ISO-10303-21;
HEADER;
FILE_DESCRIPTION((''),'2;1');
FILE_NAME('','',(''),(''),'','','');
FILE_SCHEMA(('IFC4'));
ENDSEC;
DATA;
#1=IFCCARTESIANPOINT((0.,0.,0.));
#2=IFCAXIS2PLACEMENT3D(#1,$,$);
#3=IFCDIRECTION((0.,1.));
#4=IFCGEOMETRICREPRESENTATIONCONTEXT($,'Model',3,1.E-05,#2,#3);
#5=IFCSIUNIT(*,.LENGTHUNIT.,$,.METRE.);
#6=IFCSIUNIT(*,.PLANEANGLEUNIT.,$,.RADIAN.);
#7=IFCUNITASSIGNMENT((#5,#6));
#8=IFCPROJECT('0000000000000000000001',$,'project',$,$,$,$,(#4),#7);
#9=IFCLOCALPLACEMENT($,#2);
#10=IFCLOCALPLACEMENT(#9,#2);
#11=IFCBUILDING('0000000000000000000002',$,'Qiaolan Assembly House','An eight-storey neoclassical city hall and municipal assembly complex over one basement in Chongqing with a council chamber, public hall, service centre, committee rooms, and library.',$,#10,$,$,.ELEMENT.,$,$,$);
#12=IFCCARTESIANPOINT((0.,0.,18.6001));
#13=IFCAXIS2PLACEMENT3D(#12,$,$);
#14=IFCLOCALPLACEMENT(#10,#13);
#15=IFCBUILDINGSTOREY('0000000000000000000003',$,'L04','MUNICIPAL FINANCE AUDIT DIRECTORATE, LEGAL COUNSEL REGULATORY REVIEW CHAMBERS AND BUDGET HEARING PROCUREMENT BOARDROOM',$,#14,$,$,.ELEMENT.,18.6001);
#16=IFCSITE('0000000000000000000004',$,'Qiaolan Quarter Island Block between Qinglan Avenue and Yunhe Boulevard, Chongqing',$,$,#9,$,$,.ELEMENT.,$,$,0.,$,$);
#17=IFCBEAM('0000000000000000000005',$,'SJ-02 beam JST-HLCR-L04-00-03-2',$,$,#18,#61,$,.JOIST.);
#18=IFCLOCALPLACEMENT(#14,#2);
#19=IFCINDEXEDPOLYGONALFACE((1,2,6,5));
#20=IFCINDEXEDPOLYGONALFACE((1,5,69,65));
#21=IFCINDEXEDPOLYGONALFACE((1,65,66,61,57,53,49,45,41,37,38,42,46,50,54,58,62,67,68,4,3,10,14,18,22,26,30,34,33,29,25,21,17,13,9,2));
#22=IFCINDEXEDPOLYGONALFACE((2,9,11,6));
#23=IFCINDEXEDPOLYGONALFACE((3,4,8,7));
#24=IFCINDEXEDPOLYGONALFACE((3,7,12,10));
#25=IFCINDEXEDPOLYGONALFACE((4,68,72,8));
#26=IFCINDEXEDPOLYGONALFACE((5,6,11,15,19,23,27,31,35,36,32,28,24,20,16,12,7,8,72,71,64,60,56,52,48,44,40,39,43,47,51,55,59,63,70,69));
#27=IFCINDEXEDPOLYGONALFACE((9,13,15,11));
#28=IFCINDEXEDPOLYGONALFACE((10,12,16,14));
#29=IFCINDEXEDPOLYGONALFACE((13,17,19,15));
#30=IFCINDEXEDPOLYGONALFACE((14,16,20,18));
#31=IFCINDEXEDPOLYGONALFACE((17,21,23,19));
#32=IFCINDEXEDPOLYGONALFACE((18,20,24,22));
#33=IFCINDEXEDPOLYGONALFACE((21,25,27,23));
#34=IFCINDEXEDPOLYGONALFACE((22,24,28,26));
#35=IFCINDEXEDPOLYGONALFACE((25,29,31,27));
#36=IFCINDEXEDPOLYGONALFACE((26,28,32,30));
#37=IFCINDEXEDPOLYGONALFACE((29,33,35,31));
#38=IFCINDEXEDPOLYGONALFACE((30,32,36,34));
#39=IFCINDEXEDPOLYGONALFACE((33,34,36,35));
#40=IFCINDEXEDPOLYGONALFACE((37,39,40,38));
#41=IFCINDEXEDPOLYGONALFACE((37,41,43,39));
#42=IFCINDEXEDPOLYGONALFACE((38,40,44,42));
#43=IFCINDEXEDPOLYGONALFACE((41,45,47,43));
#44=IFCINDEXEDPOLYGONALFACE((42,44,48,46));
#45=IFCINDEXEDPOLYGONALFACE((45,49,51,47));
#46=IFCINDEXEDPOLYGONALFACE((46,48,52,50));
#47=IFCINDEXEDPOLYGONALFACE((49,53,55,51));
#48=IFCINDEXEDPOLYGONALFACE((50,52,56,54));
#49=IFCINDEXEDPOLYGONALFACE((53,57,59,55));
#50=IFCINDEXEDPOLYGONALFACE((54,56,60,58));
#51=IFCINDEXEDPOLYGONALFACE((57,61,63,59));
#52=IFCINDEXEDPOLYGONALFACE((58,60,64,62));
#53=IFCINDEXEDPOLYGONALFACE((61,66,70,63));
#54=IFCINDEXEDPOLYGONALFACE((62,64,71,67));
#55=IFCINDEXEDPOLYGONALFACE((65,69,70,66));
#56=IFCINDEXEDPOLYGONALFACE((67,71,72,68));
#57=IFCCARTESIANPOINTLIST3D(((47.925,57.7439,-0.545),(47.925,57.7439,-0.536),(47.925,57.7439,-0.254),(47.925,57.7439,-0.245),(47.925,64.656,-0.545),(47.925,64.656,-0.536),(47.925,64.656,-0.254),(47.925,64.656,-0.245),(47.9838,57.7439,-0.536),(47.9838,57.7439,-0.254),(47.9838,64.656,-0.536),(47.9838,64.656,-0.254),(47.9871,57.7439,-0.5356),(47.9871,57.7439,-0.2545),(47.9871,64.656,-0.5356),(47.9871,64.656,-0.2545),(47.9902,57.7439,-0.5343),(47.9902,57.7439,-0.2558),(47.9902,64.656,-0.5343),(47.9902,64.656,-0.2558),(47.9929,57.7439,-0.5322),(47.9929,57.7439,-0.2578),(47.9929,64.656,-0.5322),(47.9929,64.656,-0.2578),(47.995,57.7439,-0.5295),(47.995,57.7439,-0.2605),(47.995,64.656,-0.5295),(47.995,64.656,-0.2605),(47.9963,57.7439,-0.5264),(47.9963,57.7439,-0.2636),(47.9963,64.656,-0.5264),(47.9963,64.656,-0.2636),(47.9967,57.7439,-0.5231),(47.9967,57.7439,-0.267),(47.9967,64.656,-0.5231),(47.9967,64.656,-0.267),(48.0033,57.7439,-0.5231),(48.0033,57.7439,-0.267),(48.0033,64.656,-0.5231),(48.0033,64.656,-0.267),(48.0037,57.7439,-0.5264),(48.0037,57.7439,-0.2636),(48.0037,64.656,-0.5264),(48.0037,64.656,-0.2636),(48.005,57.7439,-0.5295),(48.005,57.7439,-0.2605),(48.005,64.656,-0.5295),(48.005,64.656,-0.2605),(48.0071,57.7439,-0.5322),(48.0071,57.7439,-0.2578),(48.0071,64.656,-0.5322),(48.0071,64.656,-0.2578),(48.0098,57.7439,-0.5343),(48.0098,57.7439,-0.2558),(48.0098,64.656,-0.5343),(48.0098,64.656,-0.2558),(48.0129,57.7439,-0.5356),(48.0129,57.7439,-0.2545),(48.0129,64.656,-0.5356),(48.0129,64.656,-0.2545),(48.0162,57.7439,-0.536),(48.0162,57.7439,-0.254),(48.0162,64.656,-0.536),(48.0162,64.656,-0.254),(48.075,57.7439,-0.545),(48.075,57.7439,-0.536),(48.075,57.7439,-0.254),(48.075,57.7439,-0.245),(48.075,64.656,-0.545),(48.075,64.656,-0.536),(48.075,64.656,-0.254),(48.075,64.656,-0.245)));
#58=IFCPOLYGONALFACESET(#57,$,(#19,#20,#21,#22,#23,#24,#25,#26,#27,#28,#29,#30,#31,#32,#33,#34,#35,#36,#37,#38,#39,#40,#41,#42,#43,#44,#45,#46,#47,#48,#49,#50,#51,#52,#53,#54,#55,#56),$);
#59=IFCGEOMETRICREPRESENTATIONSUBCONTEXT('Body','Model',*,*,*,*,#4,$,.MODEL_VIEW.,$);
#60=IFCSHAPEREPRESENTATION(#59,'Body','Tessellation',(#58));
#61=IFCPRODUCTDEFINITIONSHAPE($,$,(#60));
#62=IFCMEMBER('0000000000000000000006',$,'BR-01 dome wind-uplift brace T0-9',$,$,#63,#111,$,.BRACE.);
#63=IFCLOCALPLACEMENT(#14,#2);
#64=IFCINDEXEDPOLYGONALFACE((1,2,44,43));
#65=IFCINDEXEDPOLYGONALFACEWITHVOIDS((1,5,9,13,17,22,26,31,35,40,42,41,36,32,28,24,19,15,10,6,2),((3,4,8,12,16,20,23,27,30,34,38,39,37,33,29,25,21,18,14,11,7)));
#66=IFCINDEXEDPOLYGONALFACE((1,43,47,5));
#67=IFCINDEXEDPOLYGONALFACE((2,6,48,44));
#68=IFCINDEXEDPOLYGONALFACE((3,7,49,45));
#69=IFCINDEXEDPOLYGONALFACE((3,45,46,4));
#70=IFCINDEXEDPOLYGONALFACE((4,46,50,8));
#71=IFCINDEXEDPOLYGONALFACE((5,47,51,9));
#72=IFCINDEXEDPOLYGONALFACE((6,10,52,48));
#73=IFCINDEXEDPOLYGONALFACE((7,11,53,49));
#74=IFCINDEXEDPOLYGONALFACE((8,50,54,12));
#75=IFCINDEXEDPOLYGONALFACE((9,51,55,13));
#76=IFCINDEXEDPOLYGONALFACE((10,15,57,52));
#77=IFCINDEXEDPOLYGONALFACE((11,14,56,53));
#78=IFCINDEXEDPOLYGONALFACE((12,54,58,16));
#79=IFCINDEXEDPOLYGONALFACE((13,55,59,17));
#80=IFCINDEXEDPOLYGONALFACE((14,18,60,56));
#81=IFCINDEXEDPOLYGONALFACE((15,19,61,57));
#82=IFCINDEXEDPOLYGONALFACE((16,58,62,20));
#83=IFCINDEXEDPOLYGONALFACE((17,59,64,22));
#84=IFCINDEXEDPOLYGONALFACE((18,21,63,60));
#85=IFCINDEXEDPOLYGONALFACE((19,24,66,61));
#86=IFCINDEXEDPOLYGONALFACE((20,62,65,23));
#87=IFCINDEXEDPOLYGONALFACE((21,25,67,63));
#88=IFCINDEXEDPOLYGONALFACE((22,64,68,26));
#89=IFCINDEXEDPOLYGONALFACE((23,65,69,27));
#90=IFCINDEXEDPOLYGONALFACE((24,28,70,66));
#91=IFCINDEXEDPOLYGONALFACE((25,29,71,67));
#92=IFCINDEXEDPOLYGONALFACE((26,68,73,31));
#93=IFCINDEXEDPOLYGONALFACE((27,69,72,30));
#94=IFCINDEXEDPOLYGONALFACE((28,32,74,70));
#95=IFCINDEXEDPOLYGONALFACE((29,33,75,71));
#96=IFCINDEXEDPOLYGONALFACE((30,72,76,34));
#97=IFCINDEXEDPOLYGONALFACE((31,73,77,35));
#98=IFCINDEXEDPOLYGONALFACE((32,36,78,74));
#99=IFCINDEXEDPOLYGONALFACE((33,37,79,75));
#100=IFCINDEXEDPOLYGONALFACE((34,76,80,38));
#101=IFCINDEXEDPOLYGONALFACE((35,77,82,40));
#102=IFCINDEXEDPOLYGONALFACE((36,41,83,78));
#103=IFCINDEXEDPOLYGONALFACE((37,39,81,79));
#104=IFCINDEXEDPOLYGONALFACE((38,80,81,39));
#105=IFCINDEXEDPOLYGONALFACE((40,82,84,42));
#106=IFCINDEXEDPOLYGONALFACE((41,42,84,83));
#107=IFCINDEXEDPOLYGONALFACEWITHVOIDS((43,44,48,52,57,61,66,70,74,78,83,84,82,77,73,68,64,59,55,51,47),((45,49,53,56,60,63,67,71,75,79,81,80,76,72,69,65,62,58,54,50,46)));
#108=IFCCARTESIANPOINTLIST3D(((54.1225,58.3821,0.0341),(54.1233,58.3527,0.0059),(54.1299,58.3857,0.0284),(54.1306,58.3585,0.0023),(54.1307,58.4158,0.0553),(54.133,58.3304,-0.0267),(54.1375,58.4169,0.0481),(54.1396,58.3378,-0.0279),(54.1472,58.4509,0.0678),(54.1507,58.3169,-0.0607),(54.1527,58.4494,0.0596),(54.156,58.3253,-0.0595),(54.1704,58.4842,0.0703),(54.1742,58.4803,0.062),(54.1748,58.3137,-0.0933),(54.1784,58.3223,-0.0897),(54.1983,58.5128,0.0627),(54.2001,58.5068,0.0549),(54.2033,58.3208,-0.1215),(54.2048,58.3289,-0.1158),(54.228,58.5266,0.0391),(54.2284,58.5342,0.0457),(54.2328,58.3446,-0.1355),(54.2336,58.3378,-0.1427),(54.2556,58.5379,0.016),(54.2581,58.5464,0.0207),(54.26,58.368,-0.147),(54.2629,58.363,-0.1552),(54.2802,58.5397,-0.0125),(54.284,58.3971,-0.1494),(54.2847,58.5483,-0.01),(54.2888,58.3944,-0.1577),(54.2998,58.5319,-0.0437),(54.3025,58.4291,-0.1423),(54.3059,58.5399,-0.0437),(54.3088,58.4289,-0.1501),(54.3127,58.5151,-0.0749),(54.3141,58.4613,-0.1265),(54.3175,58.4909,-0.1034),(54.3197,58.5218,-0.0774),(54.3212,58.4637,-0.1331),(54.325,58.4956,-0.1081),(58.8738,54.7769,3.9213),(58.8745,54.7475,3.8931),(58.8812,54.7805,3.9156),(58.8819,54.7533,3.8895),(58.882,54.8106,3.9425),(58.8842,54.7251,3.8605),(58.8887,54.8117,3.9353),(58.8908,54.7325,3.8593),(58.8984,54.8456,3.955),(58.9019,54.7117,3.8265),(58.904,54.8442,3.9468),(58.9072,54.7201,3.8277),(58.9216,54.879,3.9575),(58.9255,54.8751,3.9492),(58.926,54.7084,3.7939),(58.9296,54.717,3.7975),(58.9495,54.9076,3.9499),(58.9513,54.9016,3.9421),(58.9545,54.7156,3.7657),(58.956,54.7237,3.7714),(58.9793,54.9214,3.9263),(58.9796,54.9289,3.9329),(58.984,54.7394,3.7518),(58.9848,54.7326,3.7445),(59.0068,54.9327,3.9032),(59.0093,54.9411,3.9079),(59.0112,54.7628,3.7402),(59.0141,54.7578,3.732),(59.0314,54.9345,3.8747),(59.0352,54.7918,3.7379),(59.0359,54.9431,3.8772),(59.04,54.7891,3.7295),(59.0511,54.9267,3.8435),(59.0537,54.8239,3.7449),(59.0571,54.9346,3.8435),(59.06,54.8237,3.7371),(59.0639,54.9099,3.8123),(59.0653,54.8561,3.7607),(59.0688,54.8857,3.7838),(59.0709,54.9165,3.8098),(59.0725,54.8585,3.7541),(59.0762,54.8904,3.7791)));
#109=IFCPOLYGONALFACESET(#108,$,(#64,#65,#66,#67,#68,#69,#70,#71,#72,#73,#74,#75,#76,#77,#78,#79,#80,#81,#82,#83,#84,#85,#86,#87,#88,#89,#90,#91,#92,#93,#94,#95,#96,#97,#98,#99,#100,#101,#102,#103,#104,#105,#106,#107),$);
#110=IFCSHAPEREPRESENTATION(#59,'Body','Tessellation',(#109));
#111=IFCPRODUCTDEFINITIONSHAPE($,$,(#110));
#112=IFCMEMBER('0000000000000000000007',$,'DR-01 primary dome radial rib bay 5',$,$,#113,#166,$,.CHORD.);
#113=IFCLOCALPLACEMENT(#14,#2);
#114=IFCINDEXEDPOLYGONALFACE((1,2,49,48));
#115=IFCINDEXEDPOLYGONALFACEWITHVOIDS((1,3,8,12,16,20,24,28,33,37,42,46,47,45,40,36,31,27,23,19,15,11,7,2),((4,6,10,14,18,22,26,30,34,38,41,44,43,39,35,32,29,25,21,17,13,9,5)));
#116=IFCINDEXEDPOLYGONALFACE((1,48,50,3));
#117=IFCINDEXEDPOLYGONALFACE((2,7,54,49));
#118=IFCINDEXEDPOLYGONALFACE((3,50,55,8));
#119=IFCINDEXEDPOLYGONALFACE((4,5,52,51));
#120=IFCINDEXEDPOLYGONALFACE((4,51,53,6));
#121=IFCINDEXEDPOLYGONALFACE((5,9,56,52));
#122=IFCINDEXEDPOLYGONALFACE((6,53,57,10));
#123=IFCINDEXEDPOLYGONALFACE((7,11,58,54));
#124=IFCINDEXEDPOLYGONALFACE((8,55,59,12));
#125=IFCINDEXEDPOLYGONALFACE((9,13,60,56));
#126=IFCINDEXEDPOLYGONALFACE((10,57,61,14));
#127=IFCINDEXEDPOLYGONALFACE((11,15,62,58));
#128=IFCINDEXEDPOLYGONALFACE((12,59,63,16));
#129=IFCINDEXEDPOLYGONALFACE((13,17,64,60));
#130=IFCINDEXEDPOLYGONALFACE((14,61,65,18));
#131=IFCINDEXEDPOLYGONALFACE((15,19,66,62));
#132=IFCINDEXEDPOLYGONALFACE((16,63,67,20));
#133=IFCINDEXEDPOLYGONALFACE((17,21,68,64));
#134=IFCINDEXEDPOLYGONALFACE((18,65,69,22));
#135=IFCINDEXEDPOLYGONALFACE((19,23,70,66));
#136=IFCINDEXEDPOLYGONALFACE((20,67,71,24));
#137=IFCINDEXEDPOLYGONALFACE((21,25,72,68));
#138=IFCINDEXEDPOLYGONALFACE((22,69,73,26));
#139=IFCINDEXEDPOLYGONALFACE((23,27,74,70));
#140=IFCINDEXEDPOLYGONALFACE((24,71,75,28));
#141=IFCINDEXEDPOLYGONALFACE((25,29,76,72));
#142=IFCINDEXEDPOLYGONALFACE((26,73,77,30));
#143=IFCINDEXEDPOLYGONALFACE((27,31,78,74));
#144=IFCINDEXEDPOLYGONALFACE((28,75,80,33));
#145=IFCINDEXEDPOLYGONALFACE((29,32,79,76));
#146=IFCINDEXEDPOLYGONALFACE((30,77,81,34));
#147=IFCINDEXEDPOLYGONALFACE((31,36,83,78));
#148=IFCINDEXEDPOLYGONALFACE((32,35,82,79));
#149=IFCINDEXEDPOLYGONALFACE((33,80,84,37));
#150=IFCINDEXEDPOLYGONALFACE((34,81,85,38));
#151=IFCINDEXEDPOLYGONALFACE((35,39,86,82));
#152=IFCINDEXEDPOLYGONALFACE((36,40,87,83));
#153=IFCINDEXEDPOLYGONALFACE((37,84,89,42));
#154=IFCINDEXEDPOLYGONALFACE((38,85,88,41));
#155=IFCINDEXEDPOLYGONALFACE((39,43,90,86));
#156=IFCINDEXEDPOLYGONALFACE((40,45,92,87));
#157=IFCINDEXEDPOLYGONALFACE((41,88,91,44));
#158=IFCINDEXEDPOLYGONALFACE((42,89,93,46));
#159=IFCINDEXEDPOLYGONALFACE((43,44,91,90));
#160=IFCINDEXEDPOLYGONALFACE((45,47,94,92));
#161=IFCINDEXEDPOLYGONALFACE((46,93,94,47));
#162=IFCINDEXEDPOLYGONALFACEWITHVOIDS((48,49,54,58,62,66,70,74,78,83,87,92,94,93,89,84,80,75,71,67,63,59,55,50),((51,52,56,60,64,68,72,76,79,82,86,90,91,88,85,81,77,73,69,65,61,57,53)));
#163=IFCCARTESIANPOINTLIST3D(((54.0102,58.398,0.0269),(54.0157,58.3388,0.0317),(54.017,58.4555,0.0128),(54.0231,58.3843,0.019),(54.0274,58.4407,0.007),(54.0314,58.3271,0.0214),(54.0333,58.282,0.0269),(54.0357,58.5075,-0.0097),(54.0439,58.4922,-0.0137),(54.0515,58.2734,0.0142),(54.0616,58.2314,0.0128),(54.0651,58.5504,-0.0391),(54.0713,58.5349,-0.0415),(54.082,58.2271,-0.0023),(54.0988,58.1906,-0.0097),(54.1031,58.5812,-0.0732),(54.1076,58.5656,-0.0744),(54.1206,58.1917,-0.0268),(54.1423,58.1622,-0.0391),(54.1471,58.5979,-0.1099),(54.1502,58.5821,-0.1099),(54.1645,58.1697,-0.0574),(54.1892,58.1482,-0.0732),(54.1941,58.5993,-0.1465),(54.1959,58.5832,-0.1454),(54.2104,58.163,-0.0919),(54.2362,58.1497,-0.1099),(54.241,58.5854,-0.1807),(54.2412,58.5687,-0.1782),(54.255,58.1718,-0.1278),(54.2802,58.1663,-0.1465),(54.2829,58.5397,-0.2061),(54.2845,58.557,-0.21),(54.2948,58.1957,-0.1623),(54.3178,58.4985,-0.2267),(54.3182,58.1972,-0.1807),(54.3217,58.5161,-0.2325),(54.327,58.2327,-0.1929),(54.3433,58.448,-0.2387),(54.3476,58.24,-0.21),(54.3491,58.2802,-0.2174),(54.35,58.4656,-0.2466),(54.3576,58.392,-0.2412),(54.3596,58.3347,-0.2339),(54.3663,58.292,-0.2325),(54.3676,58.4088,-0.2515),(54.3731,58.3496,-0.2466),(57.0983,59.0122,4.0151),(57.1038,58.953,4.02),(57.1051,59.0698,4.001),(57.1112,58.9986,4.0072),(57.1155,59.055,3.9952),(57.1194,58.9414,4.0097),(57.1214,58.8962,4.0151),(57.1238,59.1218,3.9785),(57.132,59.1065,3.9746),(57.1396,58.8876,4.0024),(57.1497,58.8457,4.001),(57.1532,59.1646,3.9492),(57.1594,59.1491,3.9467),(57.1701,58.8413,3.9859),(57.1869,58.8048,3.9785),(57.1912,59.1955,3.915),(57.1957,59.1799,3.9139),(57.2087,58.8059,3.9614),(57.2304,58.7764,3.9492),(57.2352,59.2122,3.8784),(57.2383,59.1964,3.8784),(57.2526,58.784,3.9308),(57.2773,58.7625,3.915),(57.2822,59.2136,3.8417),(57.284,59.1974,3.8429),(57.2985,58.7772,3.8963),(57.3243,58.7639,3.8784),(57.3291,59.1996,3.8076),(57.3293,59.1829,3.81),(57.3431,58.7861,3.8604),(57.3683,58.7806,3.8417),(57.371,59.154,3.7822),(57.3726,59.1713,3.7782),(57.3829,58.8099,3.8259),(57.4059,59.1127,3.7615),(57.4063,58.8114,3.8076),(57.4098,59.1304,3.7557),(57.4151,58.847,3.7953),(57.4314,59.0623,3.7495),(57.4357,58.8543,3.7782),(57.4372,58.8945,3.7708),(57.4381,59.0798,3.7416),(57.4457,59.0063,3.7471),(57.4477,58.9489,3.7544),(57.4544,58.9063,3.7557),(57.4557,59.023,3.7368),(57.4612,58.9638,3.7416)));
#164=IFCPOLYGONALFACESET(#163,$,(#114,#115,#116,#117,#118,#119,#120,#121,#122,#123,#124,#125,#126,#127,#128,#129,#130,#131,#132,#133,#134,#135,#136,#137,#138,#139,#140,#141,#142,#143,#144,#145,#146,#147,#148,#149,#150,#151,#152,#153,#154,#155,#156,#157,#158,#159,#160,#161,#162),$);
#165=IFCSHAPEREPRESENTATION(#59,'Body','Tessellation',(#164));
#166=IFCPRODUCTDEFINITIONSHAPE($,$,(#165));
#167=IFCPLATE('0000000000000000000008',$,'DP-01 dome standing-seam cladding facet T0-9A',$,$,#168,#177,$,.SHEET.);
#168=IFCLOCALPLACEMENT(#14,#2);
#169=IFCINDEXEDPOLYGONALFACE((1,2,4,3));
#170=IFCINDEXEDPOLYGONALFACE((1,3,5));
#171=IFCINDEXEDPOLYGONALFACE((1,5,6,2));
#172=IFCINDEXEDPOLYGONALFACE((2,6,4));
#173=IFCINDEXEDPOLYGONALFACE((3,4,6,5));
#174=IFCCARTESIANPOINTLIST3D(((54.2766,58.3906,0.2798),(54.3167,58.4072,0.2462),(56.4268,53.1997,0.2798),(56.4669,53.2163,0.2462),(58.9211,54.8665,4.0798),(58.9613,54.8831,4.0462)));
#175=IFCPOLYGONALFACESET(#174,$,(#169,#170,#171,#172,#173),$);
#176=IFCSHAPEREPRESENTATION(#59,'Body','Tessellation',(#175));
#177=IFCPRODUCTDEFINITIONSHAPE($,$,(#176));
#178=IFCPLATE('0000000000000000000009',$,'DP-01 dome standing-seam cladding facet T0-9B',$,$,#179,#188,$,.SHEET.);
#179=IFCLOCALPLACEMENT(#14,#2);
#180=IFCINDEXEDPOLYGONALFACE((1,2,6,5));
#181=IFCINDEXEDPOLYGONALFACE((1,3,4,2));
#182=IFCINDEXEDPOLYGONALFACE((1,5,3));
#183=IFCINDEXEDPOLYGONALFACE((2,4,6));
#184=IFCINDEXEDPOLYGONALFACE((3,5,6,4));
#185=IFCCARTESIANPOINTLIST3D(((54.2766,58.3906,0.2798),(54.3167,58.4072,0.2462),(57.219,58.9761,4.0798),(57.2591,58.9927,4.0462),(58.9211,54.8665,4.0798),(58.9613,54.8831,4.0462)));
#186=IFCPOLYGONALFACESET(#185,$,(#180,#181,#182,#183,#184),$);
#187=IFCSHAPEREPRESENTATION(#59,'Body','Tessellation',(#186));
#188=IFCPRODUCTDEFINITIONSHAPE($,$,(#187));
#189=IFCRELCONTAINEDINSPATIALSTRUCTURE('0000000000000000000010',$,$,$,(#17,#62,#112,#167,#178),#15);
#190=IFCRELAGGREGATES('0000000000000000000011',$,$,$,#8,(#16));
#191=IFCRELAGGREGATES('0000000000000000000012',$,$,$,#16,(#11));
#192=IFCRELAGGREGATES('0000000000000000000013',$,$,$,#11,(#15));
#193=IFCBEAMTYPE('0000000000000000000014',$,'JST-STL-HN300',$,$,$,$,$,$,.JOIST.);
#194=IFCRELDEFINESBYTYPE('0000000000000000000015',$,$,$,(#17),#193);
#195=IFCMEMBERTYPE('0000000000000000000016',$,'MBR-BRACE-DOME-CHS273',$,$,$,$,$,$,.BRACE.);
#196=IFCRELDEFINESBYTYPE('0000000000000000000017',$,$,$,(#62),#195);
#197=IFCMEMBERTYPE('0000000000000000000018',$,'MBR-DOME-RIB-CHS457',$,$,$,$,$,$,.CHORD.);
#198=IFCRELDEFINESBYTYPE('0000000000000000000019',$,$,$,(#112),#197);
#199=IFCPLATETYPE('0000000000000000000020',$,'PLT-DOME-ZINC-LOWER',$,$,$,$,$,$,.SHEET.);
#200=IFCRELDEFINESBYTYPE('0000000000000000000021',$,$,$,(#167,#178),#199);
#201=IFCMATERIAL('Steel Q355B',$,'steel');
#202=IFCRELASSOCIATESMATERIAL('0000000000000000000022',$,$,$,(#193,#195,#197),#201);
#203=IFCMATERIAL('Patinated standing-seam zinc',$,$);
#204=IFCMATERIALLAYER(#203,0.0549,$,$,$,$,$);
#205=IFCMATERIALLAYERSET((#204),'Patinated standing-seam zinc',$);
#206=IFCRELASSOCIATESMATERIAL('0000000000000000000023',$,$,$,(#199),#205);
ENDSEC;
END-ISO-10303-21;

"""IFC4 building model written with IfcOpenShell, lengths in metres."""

from ifc_helpers import new_model, si_unit, direction, frame, origin, origin_2d, place, context, subcontext, project, spatial, polyline, hollow_circle, i_section, outline, extrude, material, layer, layer_set, material_profile, profile_set, type_object, element, save


model = new_model("IFC4")

# Units and contexts
model_context = context("Model", 3, precision=1e-05, world=origin(), true_north=direction((0.0, 1.0)))
body_context = subcontext(model_context, "Body", "Model", "MODEL_VIEW")
ifc_project = project(units=[si_unit("LENGTHUNIT", "METRE"), si_unit("PLANEANGLEUNIT", "RADIAN")], contexts=[model_context])

# Site, building, storey
site_placement = place(None, origin())
site = spatial("IfcSite", under=ifc_project, at=site_placement, Name="Qiaolan Quarter Island Block between Qinglan Avenue and Yunhe Boulevard, Chongqing", CompositionType="ELEMENT", RefElevation=0.0)
building_placement = place(site_placement, origin())
building = spatial("IfcBuilding", under=site, at=building_placement, Name="Qiaolan Assembly House", Description="An eight-storey neoclassical city hall and municipal assembly complex over one basement in Chongqing with a council chamber, public hall, service centre, committee rooms, and library.", CompositionType="ELEMENT")
storey_placement = place(building_placement, frame((0.0, 0.0, 18.6001)))
storey = spatial("IfcBuildingStorey", under=building, at=storey_placement, Name="L04", Description="MUNICIPAL FINANCE AUDIT DIRECTORATE, LEGAL COUNSEL REGULATORY REVIEW CHAMBERS AND BUDGET HEARING PROCUREMENT BOARDROOM", CompositionType="ELEMENT", Elevation=18.6001)

# Beam
ifc_material_1 = material(Name="Steel Q355B", Category="steel")
ifc_material_profile_1 = material_profile(ifc_material_1, i_section(OverallWidth=0.1499, OverallDepth=0.3, WebThickness=0.0066, FlangeThickness=0.009, FilletRadius=0.0129, at=origin_2d()), Name="HN 300x150x6.5x9")
ifc_profile_set_1 = profile_set([ifc_material_profile_1], Name="Steel Q355B")
beam_type_1 = type_object("IfcBeamType", Name="JST-STL-HN300", PredefinedType="JOIST", material=ifc_profile_set_1)
for number, where, z_axis, x_axis, name in (
    (1, (48.0, 57.7439, -0.395), (0.0, 1.0, 0.0), (-1.0, 0.0, 0.0), "SJ-02 beam JST-HLCR-L04-00-03-2"),
):
    element("IfcBeam", number, at=place(storey_placement, frame(where, z_axis=z_axis, x_axis=x_axis)), inside=storey, type_object=beam_type_1, Name=name, PredefinedType="JOIST", context=body_context, shape_type="SweptSolid", body=[
        extrude(i_section(OverallWidth=0.1499, OverallDepth=0.3, WebThickness=0.0066, FlangeThickness=0.009, FilletRadius=0.0129, at=origin_2d()), origin(), (0.0, 0.0, 1.0), 6.9121),
    ])

# Members
ifc_material_profile_2 = material_profile(ifc_material_1, hollow_circle(Radius=0.1365, WallThickness=0.01, at=origin_2d()), Name="CHS 273x10")
ifc_profile_set_2 = profile_set([ifc_material_profile_2], Name="Steel Q355B")
member_type_1 = type_object("IfcMemberType", Name="MBR-BRACE-DOME-CHS273", PredefinedType="BRACE", material=ifc_profile_set_2)
member_1_placement = place(storey_placement, frame((54.2234, 58.4312, -0.0437), z_axis=(0.667387, -0.506413, 0.546022), x_axis=(0.604477, 0.796623, 0.0)))
element("IfcMember", 2, at=member_1_placement, inside=storey, type_object=member_type_1, Name="BR-01 dome wind-uplift brace T0-9", PredefinedType="BRACE", context=body_context, shape_type="SweptSolid", body=[
    extrude(hollow_circle(Radius=0.1365, WallThickness=0.01, at=origin_2d()), origin(), (0.0, 0.0, 1.0), 7.1191),
])
ifc_material_profile_3 = material_profile(ifc_material_1, hollow_circle(Radius=0.2285, WallThickness=0.0161, at=origin_2d()), Name="CHS 457x16")
ifc_profile_set_3 = profile_set([ifc_material_profile_3], Name="Steel Q355B")
member_type_2 = type_object("IfcMemberType", Name="MBR-DOME-RIB-CHS457", PredefinedType="CHORD", material=ifc_profile_set_3)
member_2_placement = place(storey_placement, frame((54.1917, 58.3738, -0.1099), z_axis=(0.607737, 0.120884, 0.784884), x_axis=(-0.195087, 0.980786, 0.0)))
element("IfcMember", 3, at=member_2_placement, inside=storey, type_object=member_type_2, Name="DR-01 primary dome radial rib bay 5", PredefinedType="CHORD", context=body_context, shape_type="SweptSolid", body=[
    extrude(hollow_circle(Radius=0.2285, WallThickness=0.0161, at=origin_2d()), origin(), (0.0, 0.0, 1.0), 5.0813),
])

# Plates
ifc_material_2 = material(Name="Patinated standing-seam zinc")
ifc_layer_1 = layer(ifc_material_2, 0.0549)
ifc_layer_set_1 = layer_set([ifc_layer_1], Name="Patinated standing-seam zinc")
plate_type_1 = type_object("IfcPlateType", Name="PLT-DOME-ZINC-LOWER", PredefinedType="SHEET", material=ifc_layer_set_1)
plate_1_placement = place(storey_placement, frame((54.2766, 58.3906, 0.2798), z_axis=(-0.730499, -0.302582, 0.612222), x_axis=(0.382683, -0.92388, 0.0)))
element("IfcPlate", 4, at=plate_1_placement, inside=storey, type_object=plate_type_1, Name="DP-01 dome standing-seam cladding facet T0-9A", PredefinedType="SHEET", context=body_context, shape_type="SweptSolid", body=[
    extrude(outline(polyline([(0.0, 0.0), (5.6186, 0.0), (5.0333, 4.806), (0.0, 0.0)])), origin(), (0.0, 0.0, -1.0), 0.0549),
])
plate_2_placement = place(storey_placement, frame((54.2766, 58.3906, 0.2798), z_axis=(-0.730495, -0.302561, 0.612237), x_axis=(0.667385, -0.506397, 0.546039)))
element("IfcPlate", 5, at=plate_2_placement, inside=storey, type_object=plate_type_1, Name="DP-01 dome standing-seam cladding facet T0-9B", PredefinedType="SHEET", context=body_context, shape_type="SweptSolid", body=[
    extrude(outline(polyline([(0.0, 0.0), (6.9593, 0.0), (3.7422, 3.0719), (0.0, 0.0)])), origin(), (0.0, 0.0, -1.0), 0.0549),
])

save(model, "model.ifc")
